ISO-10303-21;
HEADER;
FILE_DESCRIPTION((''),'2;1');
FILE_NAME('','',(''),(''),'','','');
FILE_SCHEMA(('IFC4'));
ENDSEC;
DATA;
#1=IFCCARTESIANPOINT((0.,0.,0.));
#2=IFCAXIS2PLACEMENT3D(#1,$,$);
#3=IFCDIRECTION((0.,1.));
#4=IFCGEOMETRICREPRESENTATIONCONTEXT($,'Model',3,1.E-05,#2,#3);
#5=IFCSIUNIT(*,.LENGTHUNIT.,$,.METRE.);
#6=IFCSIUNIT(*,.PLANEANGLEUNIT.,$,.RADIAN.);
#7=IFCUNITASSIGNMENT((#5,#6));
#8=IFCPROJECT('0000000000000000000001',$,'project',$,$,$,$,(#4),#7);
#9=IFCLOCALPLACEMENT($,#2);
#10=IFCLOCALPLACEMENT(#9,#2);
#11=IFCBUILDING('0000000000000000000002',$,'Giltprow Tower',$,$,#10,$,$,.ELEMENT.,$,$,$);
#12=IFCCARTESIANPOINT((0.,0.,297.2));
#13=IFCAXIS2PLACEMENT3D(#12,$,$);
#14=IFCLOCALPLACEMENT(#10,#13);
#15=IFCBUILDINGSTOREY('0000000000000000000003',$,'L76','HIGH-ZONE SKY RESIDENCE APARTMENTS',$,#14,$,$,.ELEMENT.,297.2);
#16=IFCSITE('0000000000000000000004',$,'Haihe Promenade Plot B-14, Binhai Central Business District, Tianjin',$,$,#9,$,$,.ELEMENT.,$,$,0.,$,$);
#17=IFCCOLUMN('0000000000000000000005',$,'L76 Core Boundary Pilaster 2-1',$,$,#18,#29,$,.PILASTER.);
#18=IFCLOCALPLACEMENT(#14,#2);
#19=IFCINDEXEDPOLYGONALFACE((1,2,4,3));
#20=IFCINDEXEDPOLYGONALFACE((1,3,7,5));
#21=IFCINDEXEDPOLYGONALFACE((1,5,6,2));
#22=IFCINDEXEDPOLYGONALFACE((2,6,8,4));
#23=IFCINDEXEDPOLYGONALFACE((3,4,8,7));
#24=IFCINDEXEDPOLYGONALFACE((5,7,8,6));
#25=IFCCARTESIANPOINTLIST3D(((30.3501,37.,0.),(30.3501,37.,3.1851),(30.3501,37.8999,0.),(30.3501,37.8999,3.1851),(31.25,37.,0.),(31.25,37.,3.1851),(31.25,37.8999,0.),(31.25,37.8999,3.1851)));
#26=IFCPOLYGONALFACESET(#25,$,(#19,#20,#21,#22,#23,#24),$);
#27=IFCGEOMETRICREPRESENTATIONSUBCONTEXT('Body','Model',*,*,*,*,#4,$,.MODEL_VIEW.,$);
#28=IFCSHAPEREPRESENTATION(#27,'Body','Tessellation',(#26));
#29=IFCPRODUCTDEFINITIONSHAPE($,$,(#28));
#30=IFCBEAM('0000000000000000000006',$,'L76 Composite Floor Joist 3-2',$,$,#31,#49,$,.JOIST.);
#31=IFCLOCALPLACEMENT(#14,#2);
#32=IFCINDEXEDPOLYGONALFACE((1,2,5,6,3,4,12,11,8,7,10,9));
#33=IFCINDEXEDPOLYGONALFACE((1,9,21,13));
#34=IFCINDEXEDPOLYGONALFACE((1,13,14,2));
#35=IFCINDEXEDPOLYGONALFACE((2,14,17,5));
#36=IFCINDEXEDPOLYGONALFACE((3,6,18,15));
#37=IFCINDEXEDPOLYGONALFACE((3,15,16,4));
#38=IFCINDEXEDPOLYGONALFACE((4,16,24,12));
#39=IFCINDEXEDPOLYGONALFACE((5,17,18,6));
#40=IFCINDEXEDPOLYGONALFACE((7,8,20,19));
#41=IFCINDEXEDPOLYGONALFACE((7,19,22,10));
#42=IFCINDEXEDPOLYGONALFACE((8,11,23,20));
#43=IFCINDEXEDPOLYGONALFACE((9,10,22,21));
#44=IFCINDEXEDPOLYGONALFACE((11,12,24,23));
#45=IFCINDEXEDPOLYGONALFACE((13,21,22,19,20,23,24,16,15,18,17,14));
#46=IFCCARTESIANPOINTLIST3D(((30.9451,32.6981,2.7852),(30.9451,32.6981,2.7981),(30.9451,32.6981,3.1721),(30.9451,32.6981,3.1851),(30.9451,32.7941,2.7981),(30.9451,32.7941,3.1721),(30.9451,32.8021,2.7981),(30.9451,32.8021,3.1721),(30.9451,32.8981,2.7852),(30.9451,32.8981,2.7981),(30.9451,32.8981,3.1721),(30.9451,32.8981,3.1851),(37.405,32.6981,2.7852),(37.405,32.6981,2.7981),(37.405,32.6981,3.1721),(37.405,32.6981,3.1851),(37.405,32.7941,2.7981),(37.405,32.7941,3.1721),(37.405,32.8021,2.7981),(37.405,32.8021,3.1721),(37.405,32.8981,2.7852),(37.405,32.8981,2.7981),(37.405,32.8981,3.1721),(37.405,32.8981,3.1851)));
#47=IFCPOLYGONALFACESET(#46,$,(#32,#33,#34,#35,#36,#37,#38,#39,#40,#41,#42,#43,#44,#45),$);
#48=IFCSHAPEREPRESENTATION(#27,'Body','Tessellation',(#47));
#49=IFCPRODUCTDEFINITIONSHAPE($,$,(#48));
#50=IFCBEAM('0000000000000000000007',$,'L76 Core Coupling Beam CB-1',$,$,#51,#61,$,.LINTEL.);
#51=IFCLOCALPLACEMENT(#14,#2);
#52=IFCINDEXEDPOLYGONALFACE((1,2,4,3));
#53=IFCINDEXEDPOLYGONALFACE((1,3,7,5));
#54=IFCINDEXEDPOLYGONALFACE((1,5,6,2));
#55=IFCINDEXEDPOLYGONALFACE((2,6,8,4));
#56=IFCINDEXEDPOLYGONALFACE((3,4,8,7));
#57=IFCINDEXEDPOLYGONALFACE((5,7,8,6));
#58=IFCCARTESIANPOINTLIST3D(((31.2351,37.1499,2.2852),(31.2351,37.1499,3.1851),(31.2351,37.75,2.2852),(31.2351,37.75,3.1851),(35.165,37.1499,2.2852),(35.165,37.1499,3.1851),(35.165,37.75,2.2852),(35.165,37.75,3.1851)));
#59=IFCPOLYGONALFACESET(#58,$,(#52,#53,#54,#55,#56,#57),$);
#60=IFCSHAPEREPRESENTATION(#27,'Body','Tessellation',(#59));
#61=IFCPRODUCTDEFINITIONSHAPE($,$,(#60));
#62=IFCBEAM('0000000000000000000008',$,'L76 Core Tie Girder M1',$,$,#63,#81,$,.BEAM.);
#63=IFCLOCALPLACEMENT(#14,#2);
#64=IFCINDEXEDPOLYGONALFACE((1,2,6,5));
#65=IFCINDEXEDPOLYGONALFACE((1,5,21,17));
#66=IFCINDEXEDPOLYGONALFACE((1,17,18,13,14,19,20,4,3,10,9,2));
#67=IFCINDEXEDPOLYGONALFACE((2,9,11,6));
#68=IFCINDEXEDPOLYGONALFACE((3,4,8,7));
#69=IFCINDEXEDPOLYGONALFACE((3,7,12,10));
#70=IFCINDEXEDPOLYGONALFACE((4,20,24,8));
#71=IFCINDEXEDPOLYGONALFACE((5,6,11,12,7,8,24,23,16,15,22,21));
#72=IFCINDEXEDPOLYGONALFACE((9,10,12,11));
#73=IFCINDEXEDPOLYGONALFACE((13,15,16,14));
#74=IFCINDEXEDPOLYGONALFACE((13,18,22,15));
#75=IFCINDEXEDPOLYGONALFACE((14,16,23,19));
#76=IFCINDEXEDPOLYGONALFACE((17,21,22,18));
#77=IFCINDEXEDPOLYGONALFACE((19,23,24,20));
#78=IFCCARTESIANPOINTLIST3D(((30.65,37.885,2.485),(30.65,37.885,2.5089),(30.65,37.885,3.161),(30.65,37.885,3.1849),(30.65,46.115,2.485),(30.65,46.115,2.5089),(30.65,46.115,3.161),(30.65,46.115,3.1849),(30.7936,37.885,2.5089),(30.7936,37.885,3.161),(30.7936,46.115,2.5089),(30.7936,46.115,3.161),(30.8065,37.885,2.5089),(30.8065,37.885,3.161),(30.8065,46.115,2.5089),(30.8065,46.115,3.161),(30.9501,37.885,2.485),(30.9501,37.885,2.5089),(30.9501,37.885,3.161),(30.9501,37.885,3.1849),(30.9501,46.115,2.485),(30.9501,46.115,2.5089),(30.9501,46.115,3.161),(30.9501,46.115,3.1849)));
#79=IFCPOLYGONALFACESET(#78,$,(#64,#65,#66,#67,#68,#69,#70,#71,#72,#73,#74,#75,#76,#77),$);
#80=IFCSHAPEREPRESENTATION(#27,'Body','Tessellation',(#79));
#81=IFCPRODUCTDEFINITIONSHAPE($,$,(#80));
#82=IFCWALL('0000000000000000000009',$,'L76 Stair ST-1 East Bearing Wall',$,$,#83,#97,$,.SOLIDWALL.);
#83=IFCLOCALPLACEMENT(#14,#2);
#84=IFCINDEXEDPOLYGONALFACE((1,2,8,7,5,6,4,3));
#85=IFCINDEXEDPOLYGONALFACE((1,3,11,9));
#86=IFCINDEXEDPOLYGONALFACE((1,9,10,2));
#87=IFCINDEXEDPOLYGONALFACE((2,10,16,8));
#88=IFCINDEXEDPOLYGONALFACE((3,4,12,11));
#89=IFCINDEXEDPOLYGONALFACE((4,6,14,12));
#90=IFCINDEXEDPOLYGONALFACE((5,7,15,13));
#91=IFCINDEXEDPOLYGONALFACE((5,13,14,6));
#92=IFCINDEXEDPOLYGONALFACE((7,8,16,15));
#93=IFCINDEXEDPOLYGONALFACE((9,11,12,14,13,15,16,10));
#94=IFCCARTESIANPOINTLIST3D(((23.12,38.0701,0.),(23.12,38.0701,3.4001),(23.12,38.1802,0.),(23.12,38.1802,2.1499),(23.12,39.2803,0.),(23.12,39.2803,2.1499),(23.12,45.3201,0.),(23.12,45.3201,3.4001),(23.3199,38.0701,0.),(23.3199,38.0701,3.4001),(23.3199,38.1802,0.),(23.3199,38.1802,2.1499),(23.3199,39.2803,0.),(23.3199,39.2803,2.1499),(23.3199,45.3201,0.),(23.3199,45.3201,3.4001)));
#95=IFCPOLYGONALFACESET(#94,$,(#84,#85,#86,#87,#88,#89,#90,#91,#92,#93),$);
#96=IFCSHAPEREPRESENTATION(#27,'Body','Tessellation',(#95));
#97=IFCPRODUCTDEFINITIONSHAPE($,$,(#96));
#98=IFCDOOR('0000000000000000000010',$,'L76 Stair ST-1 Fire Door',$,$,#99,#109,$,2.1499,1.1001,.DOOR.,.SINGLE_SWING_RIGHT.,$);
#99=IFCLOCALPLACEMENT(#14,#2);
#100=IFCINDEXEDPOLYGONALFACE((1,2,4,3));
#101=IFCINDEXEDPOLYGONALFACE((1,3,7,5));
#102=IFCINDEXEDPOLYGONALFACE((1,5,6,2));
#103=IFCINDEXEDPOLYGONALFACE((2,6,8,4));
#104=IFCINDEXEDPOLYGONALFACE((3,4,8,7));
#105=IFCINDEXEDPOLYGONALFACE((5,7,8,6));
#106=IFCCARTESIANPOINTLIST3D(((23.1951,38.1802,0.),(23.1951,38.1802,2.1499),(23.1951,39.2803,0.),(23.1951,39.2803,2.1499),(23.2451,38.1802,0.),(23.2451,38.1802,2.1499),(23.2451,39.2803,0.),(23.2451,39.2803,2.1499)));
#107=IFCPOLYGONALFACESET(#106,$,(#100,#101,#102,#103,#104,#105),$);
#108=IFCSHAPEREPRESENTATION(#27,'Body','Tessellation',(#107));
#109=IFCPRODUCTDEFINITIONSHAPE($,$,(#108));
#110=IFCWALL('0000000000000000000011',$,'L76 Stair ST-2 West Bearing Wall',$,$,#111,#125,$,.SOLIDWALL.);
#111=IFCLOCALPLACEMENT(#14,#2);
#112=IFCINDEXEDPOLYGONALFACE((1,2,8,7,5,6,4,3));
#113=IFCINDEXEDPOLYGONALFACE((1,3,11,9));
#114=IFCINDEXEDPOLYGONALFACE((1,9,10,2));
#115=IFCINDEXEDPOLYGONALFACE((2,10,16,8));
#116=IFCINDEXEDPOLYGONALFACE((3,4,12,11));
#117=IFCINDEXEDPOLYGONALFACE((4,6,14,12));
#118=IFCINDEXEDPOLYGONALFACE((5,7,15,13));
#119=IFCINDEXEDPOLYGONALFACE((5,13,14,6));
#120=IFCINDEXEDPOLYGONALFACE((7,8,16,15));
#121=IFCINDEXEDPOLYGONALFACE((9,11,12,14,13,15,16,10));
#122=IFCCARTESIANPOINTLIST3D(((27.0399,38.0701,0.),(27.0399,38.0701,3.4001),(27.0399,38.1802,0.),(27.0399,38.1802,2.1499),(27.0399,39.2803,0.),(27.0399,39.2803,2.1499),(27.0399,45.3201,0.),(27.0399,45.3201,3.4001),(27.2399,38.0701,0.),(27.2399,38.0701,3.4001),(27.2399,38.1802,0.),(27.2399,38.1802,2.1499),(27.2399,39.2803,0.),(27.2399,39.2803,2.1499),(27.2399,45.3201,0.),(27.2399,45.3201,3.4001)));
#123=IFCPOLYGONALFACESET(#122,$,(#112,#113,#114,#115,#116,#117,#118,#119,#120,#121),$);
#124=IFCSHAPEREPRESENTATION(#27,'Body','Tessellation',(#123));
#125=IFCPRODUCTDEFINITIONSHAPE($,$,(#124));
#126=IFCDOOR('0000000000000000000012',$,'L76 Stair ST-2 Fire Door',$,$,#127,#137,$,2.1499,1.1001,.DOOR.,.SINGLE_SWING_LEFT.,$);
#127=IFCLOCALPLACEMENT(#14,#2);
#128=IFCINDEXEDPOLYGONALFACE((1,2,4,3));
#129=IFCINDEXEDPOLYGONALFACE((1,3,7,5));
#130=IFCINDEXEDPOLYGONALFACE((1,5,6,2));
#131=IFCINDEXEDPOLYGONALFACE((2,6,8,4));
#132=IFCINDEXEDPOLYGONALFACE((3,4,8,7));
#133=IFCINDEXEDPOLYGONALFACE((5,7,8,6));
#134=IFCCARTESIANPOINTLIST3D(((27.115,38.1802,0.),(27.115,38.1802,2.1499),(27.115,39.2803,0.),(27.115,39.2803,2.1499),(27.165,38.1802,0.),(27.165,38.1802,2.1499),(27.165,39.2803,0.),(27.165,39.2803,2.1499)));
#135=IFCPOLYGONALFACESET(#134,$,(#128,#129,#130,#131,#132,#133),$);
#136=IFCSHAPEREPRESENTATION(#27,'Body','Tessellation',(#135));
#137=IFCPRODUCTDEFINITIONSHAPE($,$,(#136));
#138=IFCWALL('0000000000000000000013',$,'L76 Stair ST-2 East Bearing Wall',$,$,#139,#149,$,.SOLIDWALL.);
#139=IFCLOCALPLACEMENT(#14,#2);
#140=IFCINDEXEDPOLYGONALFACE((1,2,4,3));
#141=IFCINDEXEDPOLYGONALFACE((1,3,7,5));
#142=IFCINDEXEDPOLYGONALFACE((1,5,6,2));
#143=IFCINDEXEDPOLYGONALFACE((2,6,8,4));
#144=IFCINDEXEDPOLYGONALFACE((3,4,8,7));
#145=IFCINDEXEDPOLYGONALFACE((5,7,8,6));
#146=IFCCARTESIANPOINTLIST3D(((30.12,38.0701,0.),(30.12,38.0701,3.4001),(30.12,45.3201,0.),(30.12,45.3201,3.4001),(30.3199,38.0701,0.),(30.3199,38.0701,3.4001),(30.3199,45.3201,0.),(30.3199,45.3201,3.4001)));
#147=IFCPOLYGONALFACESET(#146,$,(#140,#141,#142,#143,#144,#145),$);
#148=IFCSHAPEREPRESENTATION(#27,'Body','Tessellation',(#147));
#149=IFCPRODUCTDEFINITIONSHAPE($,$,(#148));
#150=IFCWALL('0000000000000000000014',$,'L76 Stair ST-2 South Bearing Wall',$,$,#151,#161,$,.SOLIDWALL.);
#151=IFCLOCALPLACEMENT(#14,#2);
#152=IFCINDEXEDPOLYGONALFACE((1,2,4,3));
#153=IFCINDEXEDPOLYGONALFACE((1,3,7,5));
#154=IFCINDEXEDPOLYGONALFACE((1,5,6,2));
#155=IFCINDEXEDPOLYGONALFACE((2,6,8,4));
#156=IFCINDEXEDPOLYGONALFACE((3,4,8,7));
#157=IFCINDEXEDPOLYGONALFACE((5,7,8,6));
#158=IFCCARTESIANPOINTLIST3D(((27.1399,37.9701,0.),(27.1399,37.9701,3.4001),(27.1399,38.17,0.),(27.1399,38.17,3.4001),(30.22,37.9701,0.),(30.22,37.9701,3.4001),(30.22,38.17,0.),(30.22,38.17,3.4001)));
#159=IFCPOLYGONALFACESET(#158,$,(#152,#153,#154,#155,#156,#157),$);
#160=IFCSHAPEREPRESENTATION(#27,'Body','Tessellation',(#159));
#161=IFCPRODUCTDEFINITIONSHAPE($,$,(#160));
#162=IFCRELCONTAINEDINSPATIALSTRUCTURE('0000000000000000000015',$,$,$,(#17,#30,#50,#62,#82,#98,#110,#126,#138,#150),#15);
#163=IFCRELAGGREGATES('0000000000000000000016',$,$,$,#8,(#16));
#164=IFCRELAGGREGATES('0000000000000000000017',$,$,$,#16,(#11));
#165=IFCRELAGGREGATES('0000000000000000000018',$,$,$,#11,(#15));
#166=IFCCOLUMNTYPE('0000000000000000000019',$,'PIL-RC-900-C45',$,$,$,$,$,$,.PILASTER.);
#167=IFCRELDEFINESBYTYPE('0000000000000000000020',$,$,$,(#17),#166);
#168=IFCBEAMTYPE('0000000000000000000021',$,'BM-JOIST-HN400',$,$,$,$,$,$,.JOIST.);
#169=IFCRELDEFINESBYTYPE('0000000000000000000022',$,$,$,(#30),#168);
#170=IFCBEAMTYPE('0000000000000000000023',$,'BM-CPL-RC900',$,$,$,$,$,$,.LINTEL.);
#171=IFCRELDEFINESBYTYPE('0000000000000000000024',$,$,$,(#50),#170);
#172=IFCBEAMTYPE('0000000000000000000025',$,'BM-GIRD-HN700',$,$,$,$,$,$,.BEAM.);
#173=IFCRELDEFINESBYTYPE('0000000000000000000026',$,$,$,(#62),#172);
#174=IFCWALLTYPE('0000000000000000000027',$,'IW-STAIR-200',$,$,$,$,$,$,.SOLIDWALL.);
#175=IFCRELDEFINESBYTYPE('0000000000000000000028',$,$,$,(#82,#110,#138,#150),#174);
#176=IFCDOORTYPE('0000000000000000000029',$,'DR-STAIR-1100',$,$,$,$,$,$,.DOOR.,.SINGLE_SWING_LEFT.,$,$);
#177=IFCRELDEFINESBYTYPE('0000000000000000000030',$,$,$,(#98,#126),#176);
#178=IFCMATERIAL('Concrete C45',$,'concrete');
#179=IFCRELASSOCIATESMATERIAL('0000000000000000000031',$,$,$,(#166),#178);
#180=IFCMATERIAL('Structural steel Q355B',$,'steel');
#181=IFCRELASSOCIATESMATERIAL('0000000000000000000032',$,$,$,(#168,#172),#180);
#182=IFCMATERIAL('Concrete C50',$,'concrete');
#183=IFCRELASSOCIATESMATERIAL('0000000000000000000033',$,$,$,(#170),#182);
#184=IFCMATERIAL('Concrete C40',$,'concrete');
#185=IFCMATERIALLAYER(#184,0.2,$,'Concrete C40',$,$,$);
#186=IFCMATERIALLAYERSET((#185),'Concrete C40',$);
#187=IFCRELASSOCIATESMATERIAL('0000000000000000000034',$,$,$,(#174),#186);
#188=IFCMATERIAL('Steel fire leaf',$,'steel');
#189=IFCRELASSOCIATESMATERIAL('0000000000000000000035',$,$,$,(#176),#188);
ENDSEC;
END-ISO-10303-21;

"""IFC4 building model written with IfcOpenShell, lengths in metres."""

from ifc_helpers import new_model, si_unit, direction, frame, frame_2d, origin, origin_2d, place, context, subcontext, project, spatial, rectangle, i_section, extrude, source, transform, mapped, material, layer, layer_set, material_profile, profile_set, type_object, element, fill, save


model = new_model("IFC4")

# Units and contexts
model_context = context("Model", 3, precision=1e-05, world=origin(), true_north=direction((0.0, 1.0)))
body_context = subcontext(model_context, "Body", "Model", "MODEL_VIEW")
ifc_project = project(units=[si_unit("LENGTHUNIT", "METRE"), si_unit("PLANEANGLEUNIT", "RADIAN")], contexts=[model_context])

# Site, building, storey
site_placement = place(None, origin())
site = spatial("IfcSite", under=ifc_project, at=site_placement, Name="Haihe Promenade Plot B-14, Binhai Central Business District, Tianjin", CompositionType="ELEMENT", RefElevation=0.0)
building_placement = place(site_placement, origin())
building = spatial("IfcBuilding", under=site, at=building_placement, Name="Giltprow Tower", CompositionType="ELEMENT")
storey_placement = place(building_placement, frame((0.0, 0.0, 297.2)))
storey = spatial("IfcBuildingStorey", under=building, at=storey_placement, Name="L76", Description="HIGH-ZONE SKY RESIDENCE APARTMENTS", CompositionType="ELEMENT", Elevation=297.2)

# Column
ifc_material_1 = material(Name="Concrete C45", Category="concrete")
ifc_material_profile_1 = material_profile(ifc_material_1, rectangle(XDim=0.8999, YDim=0.8999, at=origin_2d()), Name="RC 900x900")
ifc_profile_set_1 = profile_set([ifc_material_profile_1], Name="Concrete C45")
column_type = type_object("IfcColumnType", Name="PIL-RC-900-C45", PredefinedType="PILASTER", material=ifc_profile_set_1)
shared_shape_1 = source(origin(), body_context, "Body", "SweptSolid", [
    extrude(rectangle(XDim=0.8999, YDim=0.8999, at=origin_2d()), origin(), (0.0, 0.0, 1.0), 3.1851),
])
column_placement = place(storey_placement, frame((30.8, 37.45, 0.0), z_axis=(0.0, 0.0, 1.0), x_axis=(1.0, 0.0, 0.0)))
element("IfcColumn", 1, at=column_placement, inside=storey, type_object=column_type, Name="L76 Core Boundary Pilaster 2-1", PredefinedType="PILASTER", context=body_context, shape_type="MappedRepresentation", body=[
    mapped(shared_shape_1, transform((0.0, 0.0, 0.0), x_axis=(1.0, 0.0, 0.0), y_axis=(0.0, 1.0, 0.0), z_axis=(0.0, 0.0, 1.0), scale=1.0)),
])

# Beams
ifc_material_2 = material(Name="Structural steel Q355B", Category="steel")
ifc_material_profile_2 = material_profile(ifc_material_2, i_section(OverallWidth=0.2, OverallDepth=0.3999, WebThickness=0.0081, FlangeThickness=0.0129, at=origin_2d()), Name="HN 400x200x8x13")
ifc_profile_set_2 = profile_set([ifc_material_profile_2], Name="Structural steel Q355B")
beam_type_1 = type_object("IfcBeamType", Name="BM-JOIST-HN400", PredefinedType="JOIST", material=ifc_profile_set_2)
shared_shape_2 = source(origin(), body_context, "Body", "SweptSolid", [
    extrude(i_section(OverallWidth=0.2, OverallDepth=0.3999, WebThickness=0.0081, FlangeThickness=0.0129, at=origin_2d()), origin(), (0.0, 0.0, 1.0), 6.46),
])
beam_1_placement = place(storey_placement, frame((30.9451, 32.7981, 2.9851), z_axis=(1.0, 0.0, 0.0), x_axis=(0.0, 1.0, 0.0)))
element("IfcBeam", 2, at=beam_1_placement, inside=storey, type_object=beam_type_1, Name="L76 Composite Floor Joist 3-2", PredefinedType="JOIST", context=body_context, shape_type="MappedRepresentation", body=[
    mapped(shared_shape_2, transform((0.0, 0.0, 0.0), x_axis=(1.0, 0.0, 0.0), y_axis=(0.0, 1.0, 0.0), z_axis=(0.0, 0.0, 1.0), scale=1.0)),
])
ifc_material_3 = material(Name="Concrete C50", Category="concrete")
ifc_material_profile_3 = material_profile(ifc_material_3, rectangle(XDim=0.6001, YDim=0.8999, at=origin_2d()), Name="RC 900x600")
ifc_profile_set_3 = profile_set([ifc_material_profile_3], Name="Concrete C50")
beam_type_2 = type_object("IfcBeamType", Name="BM-CPL-RC900", PredefinedType="LINTEL", material=ifc_profile_set_3)
shared_shape_3 = source(origin(), body_context, "Body", "SweptSolid", [
    extrude(rectangle(XDim=0.6001, YDim=0.8999, at=origin_2d()), origin(), (0.0, 0.0, 1.0), 3.9299),
])
beam_2_placement = place(storey_placement, frame((31.2351, 37.45, 2.7351), z_axis=(1.0, 0.0, 0.0), x_axis=(0.0, 1.0, 0.0)))
element("IfcBeam", 3, at=beam_2_placement, inside=storey, type_object=beam_type_2, Name="L76 Core Coupling Beam CB-1", PredefinedType="LINTEL", context=body_context, shape_type="MappedRepresentation", body=[
    mapped(shared_shape_3, transform((0.0, 0.0, 0.0), x_axis=(1.0, 0.0, 0.0), y_axis=(0.0, 1.0, 0.0), z_axis=(0.0, 0.0, 1.0), scale=1.0)),
])
ifc_material_profile_4 = material_profile(ifc_material_2, i_section(OverallWidth=0.3, OverallDepth=0.7, WebThickness=0.0129, FlangeThickness=0.0239, at=origin_2d()), Name="HN 700x300x13x24")
ifc_profile_set_4 = profile_set([ifc_material_profile_4], Name="Structural steel Q355B")
beam_type_3 = type_object("IfcBeamType", Name="BM-GIRD-HN700", PredefinedType="BEAM", material=ifc_profile_set_4)
shared_shape_4 = source(origin(), body_context, "Body", "SweptSolid", [
    extrude(i_section(OverallWidth=0.3, OverallDepth=0.7, WebThickness=0.0129, FlangeThickness=0.0239, at=origin_2d()), origin(), (0.0, 0.0, 1.0), 8.23),
])
beam_3_placement = place(storey_placement, frame((30.8, 37.885, 2.835), z_axis=(0.0, 1.0, 0.0), x_axis=(-1.0, 0.0, 0.0)))
element("IfcBeam", 4, at=beam_3_placement, inside=storey, type_object=beam_type_3, Name="L76 Core Tie Girder M1", PredefinedType="BEAM", context=body_context, shape_type="MappedRepresentation", body=[
    mapped(shared_shape_4, transform((0.0, 0.0, 0.0), x_axis=(1.0, 0.0, 0.0), y_axis=(0.0, 1.0, 0.0), z_axis=(0.0, 0.0, 1.0), scale=1.0)),
])

# Walls, openings, doors
ifc_material_4 = material(Name="Concrete C40", Category="concrete")
ifc_layer_1 = layer(ifc_material_4, 0.2, Name="Concrete C40")
ifc_layer_set_1 = layer_set([ifc_layer_1], Name="Concrete C40")
wall_type_1 = type_object("IfcWallType", Name="IW-STAIR-200", PredefinedType="SOLIDWALL", material=ifc_layer_set_1)
wall_1_placement = place(storey_placement, frame((23.22, 38.0701, 0.0), z_axis=(0.0, 0.0, 1.0), x_axis=(0.0, 1.0, 0.0)))
wall_1 = element("IfcWall", 5, at=wall_1_placement, inside=storey, type_object=wall_type_1, Name="L76 Stair ST-1 East Bearing Wall", PredefinedType="SOLIDWALL", context=body_context, shape_type="SweptSolid", body=[
    extrude(rectangle(XDim=7.25, YDim=0.2, at=frame_2d((3.625, 0.0))), origin(), (0.0, 0.0, 1.0), 3.4001),
])
opening_1_placement = place(wall_1_placement, frame((0.1101, 0.0, 0.0)))
opening_1 = element("IfcOpeningElement", 6, at=opening_1_placement, cuts=wall_1, PredefinedType="OPENING", context=body_context, shape_type="SweptSolid", body=[
    extrude(rectangle(XDim=1.1001, YDim=2.1499, at=frame_2d((0.55, 1.075))), frame((0.0, 0.1099, 0.0), z_axis=(0.0, -1.0, 0.0), x_axis=(1.0, 0.0, 0.0)), (0.0, 0.0, 1.0), 0.22),
])
ifc_material_5 = material(Name="Steel fire leaf", Category="steel")
door_type = type_object("IfcDoorType", Name="DR-STAIR-1100", OperationType="SINGLE_SWING_LEFT", PredefinedType="DOOR", material=ifc_material_5)
shared_shape_5 = source(origin(), body_context, "Body", "SweptSolid", [
    extrude(rectangle(XDim=1.1001, YDim=2.1499, at=frame_2d((0.55, 1.075))), frame((0.0, 0.0249, 0.0), z_axis=(0.0, -1.0, 0.0), x_axis=(1.0, 0.0, 0.0)), (0.0, 0.0, 1.0), 0.05),
])
door_1_placement = place(opening_1_placement, origin())
door_1 = element("IfcDoor", 7, at=door_1_placement, inside=storey, type_object=door_type, Name="L76 Stair ST-1 Fire Door", OperationType="SINGLE_SWING_RIGHT", OverallHeight=2.1499, OverallWidth=1.1001, PredefinedType="DOOR", context=body_context, shape_type="MappedRepresentation", body=[
    mapped(shared_shape_5, transform((0.0, 0.0, 0.0), x_axis=(1.0, 0.0, 0.0), y_axis=(0.0, 1.0, 0.0), z_axis=(0.0, 0.0, 1.0), scale=1.0)),
])
fill(opening_1, door_1)
wall_2_placement = place(storey_placement, frame((27.1399, 38.0701, 0.0), z_axis=(0.0, 0.0, 1.0), x_axis=(0.0, 1.0, 0.0)))
wall_2 = element("IfcWall", 8, at=wall_2_placement, inside=storey, type_object=wall_type_1, Name="L76 Stair ST-2 West Bearing Wall", PredefinedType="SOLIDWALL", context=body_context, shape_type="SweptSolid", body=[
    extrude(rectangle(XDim=7.25, YDim=0.2, at=frame_2d((3.625, 0.0))), origin(), (0.0, 0.0, 1.0), 3.4001),
])
opening_2_placement = place(wall_2_placement, frame((0.1101, 0.0, 0.0)))
opening_2 = element("IfcOpeningElement", 9, at=opening_2_placement, cuts=wall_2, PredefinedType="OPENING", context=body_context, shape_type="SweptSolid", body=[
    extrude(rectangle(XDim=1.1001, YDim=2.1499, at=frame_2d((0.55, 1.075))), frame((0.0, 0.1099, 0.0), z_axis=(0.0, -1.0, 0.0), x_axis=(1.0, 0.0, 0.0)), (0.0, 0.0, 1.0), 0.22),
])
door_2_placement = place(opening_2_placement, origin())
door_2 = element("IfcDoor", 10, at=door_2_placement, inside=storey, type_object=door_type, Name="L76 Stair ST-2 Fire Door", OperationType="SINGLE_SWING_LEFT", OverallHeight=2.1499, OverallWidth=1.1001, PredefinedType="DOOR", context=body_context, shape_type="MappedRepresentation", body=[
    mapped(shared_shape_5, transform((0.0, 0.0, 0.0), x_axis=(1.0, 0.0, 0.0), y_axis=(0.0, 1.0, 0.0), z_axis=(0.0, 0.0, 1.0), scale=1.0)),
])
fill(opening_2, door_2)

# Walls
wall_3_placement = place(storey_placement, frame((30.22, 38.0701, 0.0), z_axis=(0.0, 0.0, 1.0), x_axis=(0.0, 1.0, 0.0)))
element("IfcWall", 11, at=wall_3_placement, inside=storey, type_object=wall_type_1, Name="L76 Stair ST-2 East Bearing Wall", PredefinedType="SOLIDWALL", context=body_context, shape_type="SweptSolid", body=[
    extrude(rectangle(XDim=7.25, YDim=0.2, at=frame_2d((3.625, 0.0))), origin(), (0.0, 0.0, 1.0), 3.4001),
])
wall_4_placement = place(storey_placement, frame((27.1399, 38.0701, 0.0), z_axis=(0.0, 0.0, 1.0), x_axis=(1.0, 0.0, 0.0)))
element("IfcWall", 12, at=wall_4_placement, inside=storey, type_object=wall_type_1, Name="L76 Stair ST-2 South Bearing Wall", PredefinedType="SOLIDWALL", context=body_context, shape_type="SweptSolid", body=[
    extrude(rectangle(XDim=3.0801, YDim=0.2, at=frame_2d((1.54, 0.0))), origin(), (0.0, 0.0, 1.0), 3.4001),
])

save(model, "model.ifc")
